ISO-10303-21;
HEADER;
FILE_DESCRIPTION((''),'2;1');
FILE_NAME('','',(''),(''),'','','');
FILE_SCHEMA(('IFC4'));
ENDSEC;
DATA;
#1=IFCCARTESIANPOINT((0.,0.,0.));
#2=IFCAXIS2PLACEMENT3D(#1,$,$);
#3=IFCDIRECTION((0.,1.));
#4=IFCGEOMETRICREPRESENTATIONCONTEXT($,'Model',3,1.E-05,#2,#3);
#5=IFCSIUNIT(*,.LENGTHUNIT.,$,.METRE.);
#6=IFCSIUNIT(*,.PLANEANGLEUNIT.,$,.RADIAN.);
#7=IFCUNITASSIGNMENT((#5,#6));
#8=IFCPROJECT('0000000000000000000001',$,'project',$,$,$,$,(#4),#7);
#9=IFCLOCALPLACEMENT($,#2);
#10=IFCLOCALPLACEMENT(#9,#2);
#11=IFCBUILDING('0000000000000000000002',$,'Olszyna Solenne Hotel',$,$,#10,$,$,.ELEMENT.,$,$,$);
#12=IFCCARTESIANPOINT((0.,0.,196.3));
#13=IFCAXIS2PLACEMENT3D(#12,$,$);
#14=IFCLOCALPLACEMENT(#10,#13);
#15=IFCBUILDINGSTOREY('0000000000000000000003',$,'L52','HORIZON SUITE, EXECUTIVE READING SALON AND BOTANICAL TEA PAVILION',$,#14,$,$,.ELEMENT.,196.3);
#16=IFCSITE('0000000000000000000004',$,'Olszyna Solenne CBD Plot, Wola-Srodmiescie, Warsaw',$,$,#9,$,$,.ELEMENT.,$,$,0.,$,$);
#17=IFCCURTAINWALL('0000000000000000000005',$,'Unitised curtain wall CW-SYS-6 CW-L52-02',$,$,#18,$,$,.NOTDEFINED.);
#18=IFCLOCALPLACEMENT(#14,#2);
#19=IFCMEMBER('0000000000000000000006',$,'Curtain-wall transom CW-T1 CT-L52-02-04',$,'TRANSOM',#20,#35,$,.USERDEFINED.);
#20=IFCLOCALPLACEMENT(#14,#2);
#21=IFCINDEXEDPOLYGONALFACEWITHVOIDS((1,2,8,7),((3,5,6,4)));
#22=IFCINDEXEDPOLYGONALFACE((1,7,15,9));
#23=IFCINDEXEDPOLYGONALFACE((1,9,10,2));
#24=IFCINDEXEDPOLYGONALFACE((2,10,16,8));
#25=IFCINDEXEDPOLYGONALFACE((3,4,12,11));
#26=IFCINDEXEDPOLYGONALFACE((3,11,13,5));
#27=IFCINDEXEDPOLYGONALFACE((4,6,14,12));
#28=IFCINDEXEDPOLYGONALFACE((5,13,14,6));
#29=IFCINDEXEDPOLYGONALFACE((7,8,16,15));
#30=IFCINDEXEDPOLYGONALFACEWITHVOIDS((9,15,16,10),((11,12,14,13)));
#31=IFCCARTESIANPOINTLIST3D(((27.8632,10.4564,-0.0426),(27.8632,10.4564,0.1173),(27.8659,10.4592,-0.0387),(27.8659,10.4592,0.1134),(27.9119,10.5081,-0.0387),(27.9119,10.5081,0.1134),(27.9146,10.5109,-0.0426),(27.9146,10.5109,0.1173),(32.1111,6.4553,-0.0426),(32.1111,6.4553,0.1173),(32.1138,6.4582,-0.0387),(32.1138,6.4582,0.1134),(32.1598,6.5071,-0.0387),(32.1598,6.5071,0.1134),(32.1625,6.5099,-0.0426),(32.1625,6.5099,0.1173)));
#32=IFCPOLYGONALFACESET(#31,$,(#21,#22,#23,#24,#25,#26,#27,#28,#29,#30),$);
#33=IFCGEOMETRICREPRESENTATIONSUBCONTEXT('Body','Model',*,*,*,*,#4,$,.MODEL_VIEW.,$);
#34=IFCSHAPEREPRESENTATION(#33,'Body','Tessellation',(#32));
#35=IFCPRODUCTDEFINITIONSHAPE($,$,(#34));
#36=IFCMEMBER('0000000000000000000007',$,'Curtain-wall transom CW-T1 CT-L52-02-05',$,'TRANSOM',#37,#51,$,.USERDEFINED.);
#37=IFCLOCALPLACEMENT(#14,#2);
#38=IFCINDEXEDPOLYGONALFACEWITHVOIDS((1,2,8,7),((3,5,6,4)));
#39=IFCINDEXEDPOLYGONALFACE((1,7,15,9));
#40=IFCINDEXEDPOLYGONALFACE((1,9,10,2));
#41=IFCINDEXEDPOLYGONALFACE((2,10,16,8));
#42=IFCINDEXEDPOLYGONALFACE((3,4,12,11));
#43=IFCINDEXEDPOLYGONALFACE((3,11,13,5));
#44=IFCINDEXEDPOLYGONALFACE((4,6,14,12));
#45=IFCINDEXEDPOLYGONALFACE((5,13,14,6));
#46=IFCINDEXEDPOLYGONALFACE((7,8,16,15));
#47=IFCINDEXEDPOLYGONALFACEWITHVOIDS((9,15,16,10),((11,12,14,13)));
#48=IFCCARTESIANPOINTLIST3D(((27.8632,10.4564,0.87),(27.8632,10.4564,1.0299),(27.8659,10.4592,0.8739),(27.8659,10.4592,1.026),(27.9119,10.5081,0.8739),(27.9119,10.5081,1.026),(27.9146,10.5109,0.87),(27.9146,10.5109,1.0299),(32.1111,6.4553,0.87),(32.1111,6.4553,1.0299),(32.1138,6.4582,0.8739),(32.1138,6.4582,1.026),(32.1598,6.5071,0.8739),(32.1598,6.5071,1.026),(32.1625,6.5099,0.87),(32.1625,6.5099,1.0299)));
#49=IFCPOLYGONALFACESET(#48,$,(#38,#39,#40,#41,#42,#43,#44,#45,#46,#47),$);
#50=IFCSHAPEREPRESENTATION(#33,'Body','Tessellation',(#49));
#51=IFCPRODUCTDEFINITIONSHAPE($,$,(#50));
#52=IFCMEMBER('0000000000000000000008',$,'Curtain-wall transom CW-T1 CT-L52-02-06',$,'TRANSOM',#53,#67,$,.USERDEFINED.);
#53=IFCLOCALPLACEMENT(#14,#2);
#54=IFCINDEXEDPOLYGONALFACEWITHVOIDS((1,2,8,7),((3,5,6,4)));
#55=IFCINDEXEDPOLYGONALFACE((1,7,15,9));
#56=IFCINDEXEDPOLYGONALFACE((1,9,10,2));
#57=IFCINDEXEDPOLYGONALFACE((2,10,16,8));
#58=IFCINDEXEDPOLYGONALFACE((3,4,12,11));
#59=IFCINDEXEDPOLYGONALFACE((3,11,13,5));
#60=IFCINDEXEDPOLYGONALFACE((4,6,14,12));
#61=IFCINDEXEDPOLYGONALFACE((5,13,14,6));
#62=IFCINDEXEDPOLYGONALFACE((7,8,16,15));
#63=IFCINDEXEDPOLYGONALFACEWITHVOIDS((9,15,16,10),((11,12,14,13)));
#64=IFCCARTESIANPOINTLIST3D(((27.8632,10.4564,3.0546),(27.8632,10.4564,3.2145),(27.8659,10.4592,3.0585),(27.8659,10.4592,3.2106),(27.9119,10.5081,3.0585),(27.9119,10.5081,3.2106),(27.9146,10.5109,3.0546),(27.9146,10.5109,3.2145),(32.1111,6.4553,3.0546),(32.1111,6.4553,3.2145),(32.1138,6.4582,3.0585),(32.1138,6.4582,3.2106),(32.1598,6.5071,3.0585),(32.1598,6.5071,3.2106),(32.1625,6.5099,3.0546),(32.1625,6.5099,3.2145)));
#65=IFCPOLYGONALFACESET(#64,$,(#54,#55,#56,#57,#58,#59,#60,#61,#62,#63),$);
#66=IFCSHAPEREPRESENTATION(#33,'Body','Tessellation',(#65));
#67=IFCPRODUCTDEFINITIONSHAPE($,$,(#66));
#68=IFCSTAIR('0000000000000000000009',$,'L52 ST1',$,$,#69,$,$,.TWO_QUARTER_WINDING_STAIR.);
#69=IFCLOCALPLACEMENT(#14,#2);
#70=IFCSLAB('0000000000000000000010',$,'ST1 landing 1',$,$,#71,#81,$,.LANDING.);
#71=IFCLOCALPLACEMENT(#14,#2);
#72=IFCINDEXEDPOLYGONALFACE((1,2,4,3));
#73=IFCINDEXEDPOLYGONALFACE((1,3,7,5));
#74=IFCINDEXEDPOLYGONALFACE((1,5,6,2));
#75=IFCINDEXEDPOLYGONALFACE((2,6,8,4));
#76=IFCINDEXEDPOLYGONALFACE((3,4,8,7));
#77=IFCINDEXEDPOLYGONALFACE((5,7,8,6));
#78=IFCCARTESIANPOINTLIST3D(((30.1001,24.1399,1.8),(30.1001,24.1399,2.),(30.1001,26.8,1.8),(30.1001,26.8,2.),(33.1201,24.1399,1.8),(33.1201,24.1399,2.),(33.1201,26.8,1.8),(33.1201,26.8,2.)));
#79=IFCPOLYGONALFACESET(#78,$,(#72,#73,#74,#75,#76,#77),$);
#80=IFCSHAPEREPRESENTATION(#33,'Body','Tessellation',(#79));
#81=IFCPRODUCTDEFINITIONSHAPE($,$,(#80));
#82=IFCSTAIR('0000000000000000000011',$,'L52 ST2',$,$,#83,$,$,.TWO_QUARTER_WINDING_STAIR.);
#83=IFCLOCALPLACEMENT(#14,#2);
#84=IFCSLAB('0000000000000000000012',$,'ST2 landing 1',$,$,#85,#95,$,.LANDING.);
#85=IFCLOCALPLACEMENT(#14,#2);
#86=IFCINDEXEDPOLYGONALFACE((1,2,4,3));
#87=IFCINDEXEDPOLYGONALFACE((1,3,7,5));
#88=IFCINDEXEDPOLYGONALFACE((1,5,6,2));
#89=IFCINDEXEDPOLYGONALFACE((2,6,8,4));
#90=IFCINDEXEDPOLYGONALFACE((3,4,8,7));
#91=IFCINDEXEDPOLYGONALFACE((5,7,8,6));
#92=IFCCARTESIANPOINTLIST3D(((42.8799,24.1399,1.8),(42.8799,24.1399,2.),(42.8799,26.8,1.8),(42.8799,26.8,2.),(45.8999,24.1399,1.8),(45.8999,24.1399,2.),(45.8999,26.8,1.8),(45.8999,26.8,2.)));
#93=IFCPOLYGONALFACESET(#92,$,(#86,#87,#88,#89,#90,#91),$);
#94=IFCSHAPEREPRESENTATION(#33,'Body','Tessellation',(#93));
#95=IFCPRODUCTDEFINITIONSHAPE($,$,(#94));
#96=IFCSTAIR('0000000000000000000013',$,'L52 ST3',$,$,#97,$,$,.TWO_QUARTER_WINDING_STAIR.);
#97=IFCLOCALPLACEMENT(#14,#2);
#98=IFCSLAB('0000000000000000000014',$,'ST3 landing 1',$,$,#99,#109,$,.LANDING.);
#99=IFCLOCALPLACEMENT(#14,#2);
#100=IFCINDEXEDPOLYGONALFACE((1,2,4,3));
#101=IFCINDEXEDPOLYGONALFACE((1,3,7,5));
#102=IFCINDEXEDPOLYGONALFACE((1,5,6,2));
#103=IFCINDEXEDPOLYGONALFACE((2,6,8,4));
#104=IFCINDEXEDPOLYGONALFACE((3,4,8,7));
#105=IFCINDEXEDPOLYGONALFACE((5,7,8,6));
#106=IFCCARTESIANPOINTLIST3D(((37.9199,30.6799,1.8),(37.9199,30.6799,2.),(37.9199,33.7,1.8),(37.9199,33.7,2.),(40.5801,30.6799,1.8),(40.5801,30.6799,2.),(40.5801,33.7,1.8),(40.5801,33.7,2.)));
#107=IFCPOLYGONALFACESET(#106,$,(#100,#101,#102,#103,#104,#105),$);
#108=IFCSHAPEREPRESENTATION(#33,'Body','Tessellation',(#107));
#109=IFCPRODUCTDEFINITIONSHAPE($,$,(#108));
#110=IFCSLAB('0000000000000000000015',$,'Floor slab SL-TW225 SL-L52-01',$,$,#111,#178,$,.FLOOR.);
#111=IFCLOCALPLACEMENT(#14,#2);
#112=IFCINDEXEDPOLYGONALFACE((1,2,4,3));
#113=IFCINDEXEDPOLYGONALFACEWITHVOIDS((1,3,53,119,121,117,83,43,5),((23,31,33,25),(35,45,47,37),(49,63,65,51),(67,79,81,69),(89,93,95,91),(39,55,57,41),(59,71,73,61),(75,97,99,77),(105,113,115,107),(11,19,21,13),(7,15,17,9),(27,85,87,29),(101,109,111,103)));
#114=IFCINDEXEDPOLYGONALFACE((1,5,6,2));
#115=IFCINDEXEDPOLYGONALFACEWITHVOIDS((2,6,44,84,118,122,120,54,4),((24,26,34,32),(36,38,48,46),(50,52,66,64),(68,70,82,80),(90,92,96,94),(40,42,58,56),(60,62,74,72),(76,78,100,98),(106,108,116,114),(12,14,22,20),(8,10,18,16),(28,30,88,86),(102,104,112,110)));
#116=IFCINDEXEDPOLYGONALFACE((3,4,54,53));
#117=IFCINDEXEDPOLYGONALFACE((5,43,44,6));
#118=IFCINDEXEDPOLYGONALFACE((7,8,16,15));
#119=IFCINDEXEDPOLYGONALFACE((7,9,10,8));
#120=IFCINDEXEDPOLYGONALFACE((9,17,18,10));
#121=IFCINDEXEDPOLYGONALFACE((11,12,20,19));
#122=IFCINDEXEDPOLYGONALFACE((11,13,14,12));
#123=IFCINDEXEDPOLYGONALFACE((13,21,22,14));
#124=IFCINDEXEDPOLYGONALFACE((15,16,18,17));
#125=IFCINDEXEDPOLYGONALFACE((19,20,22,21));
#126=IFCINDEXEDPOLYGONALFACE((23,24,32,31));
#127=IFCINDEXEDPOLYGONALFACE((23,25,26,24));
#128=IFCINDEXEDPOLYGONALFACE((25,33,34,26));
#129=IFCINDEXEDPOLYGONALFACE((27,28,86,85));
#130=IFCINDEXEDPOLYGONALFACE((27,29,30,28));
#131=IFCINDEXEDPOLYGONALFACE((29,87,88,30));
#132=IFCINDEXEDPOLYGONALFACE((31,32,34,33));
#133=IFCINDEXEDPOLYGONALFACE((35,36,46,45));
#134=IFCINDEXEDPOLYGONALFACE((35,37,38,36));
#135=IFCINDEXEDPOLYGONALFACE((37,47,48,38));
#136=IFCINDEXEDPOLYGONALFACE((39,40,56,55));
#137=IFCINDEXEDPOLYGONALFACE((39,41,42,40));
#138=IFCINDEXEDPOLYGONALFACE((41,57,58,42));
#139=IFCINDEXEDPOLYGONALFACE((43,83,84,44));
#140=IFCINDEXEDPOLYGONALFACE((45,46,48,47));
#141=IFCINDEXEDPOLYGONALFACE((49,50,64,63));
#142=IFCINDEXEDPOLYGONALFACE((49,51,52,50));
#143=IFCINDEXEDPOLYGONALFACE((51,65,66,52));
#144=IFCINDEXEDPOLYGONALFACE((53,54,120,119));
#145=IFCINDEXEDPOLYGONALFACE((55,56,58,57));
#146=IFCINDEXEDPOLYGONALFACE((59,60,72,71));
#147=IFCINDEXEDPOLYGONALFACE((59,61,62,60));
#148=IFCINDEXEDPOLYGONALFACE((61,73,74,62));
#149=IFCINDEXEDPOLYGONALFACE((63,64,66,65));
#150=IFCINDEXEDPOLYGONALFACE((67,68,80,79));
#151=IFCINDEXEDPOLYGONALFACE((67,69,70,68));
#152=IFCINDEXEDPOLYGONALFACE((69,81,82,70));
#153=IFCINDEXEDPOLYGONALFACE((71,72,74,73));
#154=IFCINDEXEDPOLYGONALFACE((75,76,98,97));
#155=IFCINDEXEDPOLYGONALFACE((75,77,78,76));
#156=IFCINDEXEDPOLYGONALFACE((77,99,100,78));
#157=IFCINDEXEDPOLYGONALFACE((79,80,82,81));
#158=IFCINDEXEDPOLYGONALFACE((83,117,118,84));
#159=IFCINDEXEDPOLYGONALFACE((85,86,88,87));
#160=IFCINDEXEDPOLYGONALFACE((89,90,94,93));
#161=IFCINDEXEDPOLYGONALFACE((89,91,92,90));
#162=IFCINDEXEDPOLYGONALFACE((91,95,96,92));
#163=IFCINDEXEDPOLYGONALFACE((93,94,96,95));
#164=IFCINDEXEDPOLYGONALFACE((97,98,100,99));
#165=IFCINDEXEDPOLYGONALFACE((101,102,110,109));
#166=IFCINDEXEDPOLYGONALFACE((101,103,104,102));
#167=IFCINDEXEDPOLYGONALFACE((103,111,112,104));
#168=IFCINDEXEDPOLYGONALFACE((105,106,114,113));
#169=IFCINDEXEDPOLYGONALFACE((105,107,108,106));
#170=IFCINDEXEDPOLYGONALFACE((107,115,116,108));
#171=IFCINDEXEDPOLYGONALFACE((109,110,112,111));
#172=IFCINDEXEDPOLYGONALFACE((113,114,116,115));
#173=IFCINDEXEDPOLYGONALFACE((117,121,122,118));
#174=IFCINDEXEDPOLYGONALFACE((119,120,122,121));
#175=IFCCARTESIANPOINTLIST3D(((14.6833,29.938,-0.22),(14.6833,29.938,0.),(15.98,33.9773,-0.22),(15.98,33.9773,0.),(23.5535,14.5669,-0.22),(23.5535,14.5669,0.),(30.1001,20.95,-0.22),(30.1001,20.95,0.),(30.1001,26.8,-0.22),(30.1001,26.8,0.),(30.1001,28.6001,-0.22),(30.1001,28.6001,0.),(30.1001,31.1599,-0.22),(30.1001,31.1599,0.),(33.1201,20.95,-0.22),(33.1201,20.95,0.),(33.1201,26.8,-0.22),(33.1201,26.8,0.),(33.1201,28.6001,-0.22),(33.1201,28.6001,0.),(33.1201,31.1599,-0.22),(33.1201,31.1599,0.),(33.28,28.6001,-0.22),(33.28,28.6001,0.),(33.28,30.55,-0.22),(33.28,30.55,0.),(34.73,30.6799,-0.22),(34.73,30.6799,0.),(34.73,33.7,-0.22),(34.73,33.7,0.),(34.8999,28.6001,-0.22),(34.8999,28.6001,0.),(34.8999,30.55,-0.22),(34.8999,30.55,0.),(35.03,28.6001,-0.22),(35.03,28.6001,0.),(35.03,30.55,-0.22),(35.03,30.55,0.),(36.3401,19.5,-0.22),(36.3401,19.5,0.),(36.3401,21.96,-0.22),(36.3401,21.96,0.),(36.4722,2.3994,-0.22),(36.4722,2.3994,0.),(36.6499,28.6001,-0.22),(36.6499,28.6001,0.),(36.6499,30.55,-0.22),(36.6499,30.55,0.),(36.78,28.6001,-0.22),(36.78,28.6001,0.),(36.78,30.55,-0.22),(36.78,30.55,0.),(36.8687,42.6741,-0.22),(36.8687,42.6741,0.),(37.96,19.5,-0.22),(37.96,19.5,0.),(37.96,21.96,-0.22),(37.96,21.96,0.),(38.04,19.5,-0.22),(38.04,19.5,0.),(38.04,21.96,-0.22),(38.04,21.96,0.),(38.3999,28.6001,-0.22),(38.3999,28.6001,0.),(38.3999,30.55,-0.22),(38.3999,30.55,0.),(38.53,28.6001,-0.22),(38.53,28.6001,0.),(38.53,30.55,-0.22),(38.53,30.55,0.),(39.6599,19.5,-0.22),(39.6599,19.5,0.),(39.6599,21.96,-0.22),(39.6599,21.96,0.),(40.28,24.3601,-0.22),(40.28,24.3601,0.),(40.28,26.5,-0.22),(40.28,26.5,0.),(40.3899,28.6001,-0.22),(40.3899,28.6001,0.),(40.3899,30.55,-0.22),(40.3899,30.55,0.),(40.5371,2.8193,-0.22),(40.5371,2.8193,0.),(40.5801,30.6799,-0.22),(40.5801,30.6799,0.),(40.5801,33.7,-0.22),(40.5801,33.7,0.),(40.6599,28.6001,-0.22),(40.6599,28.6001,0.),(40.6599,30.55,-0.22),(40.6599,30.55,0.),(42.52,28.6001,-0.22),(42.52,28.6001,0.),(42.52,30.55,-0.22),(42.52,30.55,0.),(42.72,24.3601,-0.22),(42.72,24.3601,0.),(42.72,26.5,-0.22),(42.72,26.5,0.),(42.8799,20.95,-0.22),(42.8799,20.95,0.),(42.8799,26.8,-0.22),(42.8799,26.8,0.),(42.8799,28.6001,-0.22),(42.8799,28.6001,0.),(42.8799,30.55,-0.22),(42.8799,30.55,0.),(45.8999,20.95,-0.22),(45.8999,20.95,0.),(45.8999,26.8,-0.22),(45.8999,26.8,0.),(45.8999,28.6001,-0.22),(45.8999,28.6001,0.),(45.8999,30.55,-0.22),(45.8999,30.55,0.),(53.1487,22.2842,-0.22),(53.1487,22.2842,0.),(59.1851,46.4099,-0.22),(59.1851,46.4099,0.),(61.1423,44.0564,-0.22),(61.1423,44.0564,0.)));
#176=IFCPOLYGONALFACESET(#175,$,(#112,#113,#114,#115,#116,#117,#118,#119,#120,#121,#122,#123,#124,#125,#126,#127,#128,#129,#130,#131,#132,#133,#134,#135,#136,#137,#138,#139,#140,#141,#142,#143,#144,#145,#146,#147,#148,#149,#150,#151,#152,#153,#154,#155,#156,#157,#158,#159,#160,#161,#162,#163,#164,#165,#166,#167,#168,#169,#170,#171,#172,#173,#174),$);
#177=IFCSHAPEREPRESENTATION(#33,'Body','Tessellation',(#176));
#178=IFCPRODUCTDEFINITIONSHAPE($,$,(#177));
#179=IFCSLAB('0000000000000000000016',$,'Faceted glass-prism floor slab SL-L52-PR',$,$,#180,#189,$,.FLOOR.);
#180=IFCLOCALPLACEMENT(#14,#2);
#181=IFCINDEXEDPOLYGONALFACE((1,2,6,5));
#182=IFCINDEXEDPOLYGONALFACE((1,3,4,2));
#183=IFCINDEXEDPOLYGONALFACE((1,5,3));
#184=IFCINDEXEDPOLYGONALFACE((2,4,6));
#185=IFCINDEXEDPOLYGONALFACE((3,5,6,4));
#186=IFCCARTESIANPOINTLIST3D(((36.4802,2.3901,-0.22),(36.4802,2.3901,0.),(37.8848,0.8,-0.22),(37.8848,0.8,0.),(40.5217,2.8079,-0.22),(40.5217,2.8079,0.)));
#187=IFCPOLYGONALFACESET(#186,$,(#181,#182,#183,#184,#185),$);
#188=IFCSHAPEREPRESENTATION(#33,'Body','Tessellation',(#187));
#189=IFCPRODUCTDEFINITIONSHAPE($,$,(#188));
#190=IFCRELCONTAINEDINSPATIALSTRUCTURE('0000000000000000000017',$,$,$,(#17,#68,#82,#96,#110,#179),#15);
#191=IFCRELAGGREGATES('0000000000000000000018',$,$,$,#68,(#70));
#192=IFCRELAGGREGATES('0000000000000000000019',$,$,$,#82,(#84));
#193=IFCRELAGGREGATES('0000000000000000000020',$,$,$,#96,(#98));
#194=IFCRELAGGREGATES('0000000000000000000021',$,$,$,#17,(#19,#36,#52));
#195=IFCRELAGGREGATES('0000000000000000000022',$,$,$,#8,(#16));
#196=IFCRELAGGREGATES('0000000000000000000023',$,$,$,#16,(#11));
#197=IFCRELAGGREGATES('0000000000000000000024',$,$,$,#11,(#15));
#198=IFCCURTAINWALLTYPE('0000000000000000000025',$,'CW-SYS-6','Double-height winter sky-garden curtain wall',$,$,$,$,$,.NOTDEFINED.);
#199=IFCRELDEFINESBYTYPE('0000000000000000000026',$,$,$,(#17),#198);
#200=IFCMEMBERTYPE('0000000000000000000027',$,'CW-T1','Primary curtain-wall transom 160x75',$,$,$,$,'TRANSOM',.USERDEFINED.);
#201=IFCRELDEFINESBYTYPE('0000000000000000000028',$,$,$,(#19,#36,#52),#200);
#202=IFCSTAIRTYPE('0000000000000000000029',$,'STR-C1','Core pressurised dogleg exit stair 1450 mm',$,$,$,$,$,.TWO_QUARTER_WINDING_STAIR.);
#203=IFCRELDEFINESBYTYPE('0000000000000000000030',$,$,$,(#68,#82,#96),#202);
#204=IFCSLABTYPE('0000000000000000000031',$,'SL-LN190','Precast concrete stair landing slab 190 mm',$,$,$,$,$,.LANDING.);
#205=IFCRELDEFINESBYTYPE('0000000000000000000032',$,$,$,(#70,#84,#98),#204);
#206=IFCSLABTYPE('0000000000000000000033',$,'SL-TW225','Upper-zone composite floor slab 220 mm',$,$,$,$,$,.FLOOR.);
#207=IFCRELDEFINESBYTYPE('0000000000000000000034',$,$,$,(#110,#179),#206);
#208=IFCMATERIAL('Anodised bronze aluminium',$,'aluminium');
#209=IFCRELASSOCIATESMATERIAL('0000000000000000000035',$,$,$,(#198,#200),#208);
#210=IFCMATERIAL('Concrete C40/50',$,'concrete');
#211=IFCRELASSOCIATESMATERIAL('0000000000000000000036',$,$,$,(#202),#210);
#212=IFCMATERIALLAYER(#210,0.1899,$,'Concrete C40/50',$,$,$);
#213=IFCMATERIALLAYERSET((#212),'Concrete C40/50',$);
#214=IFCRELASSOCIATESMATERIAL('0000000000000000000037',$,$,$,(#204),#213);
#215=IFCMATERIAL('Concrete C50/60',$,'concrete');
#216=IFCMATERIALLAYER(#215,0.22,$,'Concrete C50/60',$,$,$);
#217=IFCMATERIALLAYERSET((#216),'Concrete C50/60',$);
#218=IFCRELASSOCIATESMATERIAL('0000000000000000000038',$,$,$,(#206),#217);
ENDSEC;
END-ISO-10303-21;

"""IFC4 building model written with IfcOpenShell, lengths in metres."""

from ifc_helpers import new_model, si_unit, direction, frame, origin, origin_2d, place, context, subcontext, project, spatial, polyline, hollow_rectangle, outline, extrude, source, transform, mapped, material, layer, layer_set, material_profile, profile_set, type_object, element, aggregate, save


model = new_model("IFC4")

# Units and contexts
model_context = context("Model", 3, precision=1e-05, world=origin(), true_north=direction((0.0, 1.0)))
body_context = subcontext(model_context, "Body", "Model", "MODEL_VIEW")
ifc_project = project(units=[si_unit("LENGTHUNIT", "METRE"), si_unit("PLANEANGLEUNIT", "RADIAN")], contexts=[model_context])

# Site, building, storey
site_placement = place(None, origin())
site = spatial("IfcSite", under=ifc_project, at=site_placement, Name="Olszyna Solenne CBD Plot, Wola-Srodmiescie, Warsaw", CompositionType="ELEMENT", RefElevation=0.0)
building_placement = place(site_placement, origin())
building = spatial("IfcBuilding", under=site, at=building_placement, Name="Olszyna Solenne Hotel", CompositionType="ELEMENT")
storey_placement = place(building_placement, frame((0.0, 0.0, 196.3)))
storey = spatial("IfcBuildingStorey", under=building, at=storey_placement, Name="L52", Description="HORIZON SUITE, EXECUTIVE READING SALON AND BOTANICAL TEA PAVILION", CompositionType="ELEMENT", Elevation=196.3)

# Curtain wall, members
ifc_material_1 = material(Name="Anodised bronze aluminium", Category="aluminium")
curtain_wall_type = type_object("IfcCurtainWallType", Name="CW-SYS-6", Description="Double-height winter sky-garden curtain wall", PredefinedType="NOTDEFINED", material=ifc_material_1)
curtain_wall_placement = place(storey_placement, origin())
curtain_wall = element("IfcCurtainWall", 1, at=curtain_wall_placement, inside=storey, type_object=curtain_wall_type, Name="Unitised curtain wall CW-SYS-6 CW-L52-02", PredefinedType="NOTDEFINED")
ifc_material_profile_1 = material_profile(ifc_material_1, hollow_rectangle(XDim=0.075, YDim=0.1599, WallThickness=0.0039, at=origin_2d()), Name="TRAN 160x75x4", Category="load-bearing")
ifc_profile_set_1 = profile_set([ifc_material_profile_1], Name="Anodised bronze aluminium")
member_type_1 = type_object("IfcMemberType", Name="CW-T1", Description="Primary curtain-wall transom 160x75", ElementType="TRANSOM", PredefinedType="USERDEFINED", material=ifc_profile_set_1)
shared_shape_1 = source(origin(), body_context, "Body", "SweptSolid", [
    extrude(hollow_rectangle(XDim=0.075, YDim=0.1599, WallThickness=0.0039, at=origin_2d()), origin(), (0.0, 0.0, 1.0), 5.8354),
])
member_1_placement = place(storey_placement, frame((27.8889, 10.4836, 0.0374), z_axis=(0.72794, -0.685641, 0.0), x_axis=(0.685641, 0.72794, 0.0)))
member_1 = element("IfcMember", 2, at=member_1_placement, type_object=member_type_1, Name="Curtain-wall transom CW-T1 CT-L52-02-04", ObjectType="TRANSOM", PredefinedType="USERDEFINED", context=body_context, shape_type="MappedRepresentation", body=[
    mapped(shared_shape_1, transform((0.0, 0.0, 0.0), x_axis=(1.0, 0.0, 0.0), y_axis=(0.0, 1.0, 0.0), z_axis=(0.0, 0.0, 1.0), scale=1.0)),
])
member_2_placement = place(storey_placement, frame((27.8889, 10.4836, 0.95), z_axis=(0.72794, -0.685641, 0.0), x_axis=(0.685641, 0.72794, 0.0)))
member_2 = element("IfcMember", 3, at=member_2_placement, type_object=member_type_1, Name="Curtain-wall transom CW-T1 CT-L52-02-05", ObjectType="TRANSOM", PredefinedType="USERDEFINED", context=body_context, shape_type="MappedRepresentation", body=[
    mapped(shared_shape_1, transform((0.0, 0.0, 0.0), x_axis=(1.0, 0.0, 0.0), y_axis=(0.0, 1.0, 0.0), z_axis=(0.0, 0.0, 1.0), scale=1.0)),
])
member_3_placement = place(storey_placement, frame((27.8889, 10.4836, 3.1345), z_axis=(0.72794, -0.685641, 0.0), x_axis=(0.685641, 0.72794, 0.0)))
member_3 = element("IfcMember", 4, at=member_3_placement, type_object=member_type_1, Name="Curtain-wall transom CW-T1 CT-L52-02-06", ObjectType="TRANSOM", PredefinedType="USERDEFINED", context=body_context, shape_type="MappedRepresentation", body=[
    mapped(shared_shape_1, transform((0.0, 0.0, 0.0), x_axis=(1.0, 0.0, 0.0), y_axis=(0.0, 1.0, 0.0), z_axis=(0.0, 0.0, 1.0), scale=1.0)),
])

# Stairs, slabs
ifc_material_2 = material(Name="Concrete C40/50", Category="concrete")
stair_type = type_object("IfcStairType", Name="STR-C1", Description="Core pressurised dogleg exit stair 1450 mm", PredefinedType="TWO_QUARTER_WINDING_STAIR", material=ifc_material_2)
stair_1_placement = place(storey_placement, origin())
stair_1 = element("IfcStair", 5, at=stair_1_placement, inside=storey, type_object=stair_type, Name="L52 ST1", PredefinedType="TWO_QUARTER_WINDING_STAIR")
ifc_layer_1 = layer(ifc_material_2, 0.1899, Name="Concrete C40/50")
ifc_layer_set_1 = layer_set([ifc_layer_1], Name="Concrete C40/50")
slab_type_1 = type_object("IfcSlabType", Name="SL-LN190", Description="Precast concrete stair landing slab 190 mm", PredefinedType="LANDING", material=ifc_layer_set_1)
slab_1_placement = place(storey_placement, frame((0.0, 0.0, 1.8)))
slab_1 = element("IfcSlab", 6, at=slab_1_placement, type_object=slab_type_1, Name="ST1 landing 1", PredefinedType="LANDING", context=body_context, shape_type="SweptSolid", body=[
    extrude(outline(polyline([(33.1201, 24.1399), (33.1201, 26.8), (30.1001, 26.8), (30.1001, 24.1399), (33.1201, 24.1399)])), origin(), (0.0, 0.0, 1.0), 0.2),
])
aggregate(stair_1, [slab_1])
stair_2_placement = place(storey_placement, origin())
stair_2 = element("IfcStair", 7, at=stair_2_placement, inside=storey, type_object=stair_type, Name="L52 ST2", PredefinedType="TWO_QUARTER_WINDING_STAIR")
slab_2_placement = place(storey_placement, frame((0.0, 0.0, 1.8)))
slab_2 = element("IfcSlab", 8, at=slab_2_placement, type_object=slab_type_1, Name="ST2 landing 1", PredefinedType="LANDING", context=body_context, shape_type="SweptSolid", body=[
    extrude(outline(polyline([(45.8999, 24.1399), (45.8999, 26.8), (42.8799, 26.8), (42.8799, 24.1399), (45.8999, 24.1399)])), origin(), (0.0, 0.0, 1.0), 0.2),
])
aggregate(stair_2, [slab_2])
stair_3_placement = place(storey_placement, origin())
stair_3 = element("IfcStair", 9, at=stair_3_placement, inside=storey, type_object=stair_type, Name="L52 ST3", PredefinedType="TWO_QUARTER_WINDING_STAIR")
slab_3_placement = place(storey_placement, frame((0.0, 0.0, 1.8)))
slab_3 = element("IfcSlab", 10, at=slab_3_placement, type_object=slab_type_1, Name="ST3 landing 1", PredefinedType="LANDING", context=body_context, shape_type="SweptSolid", body=[
    extrude(outline(polyline([(37.9199, 30.6799), (40.5801, 30.6799), (40.5801, 33.7), (37.9199, 33.7), (37.9199, 30.6799)])), origin(), (0.0, 0.0, 1.0), 0.2),
])
aggregate(stair_3, [slab_3])

# Slabs
ifc_material_3 = material(Name="Concrete C50/60", Category="concrete")
ifc_layer_2 = layer(ifc_material_3, 0.22, Name="Concrete C50/60")
ifc_layer_set_2 = layer_set([ifc_layer_2], Name="Concrete C50/60")
slab_type_2 = type_object("IfcSlabType", Name="SL-TW225", Description="Upper-zone composite floor slab 220 mm", PredefinedType="FLOOR", material=ifc_layer_set_2)
slab_4_placement = place(storey_placement, frame((0.0, 0.0, -0.22)))
element("IfcSlab", 11, at=slab_4_placement, inside=storey, type_object=slab_type_2, Name="Floor slab SL-TW225 SL-L52-01", PredefinedType="FLOOR", context=body_context, shape_type="SweptSolid", body=[
    extrude(outline(polyline([(61.1423, 44.0564), (59.1851, 46.4099), (36.8687, 42.6741), (15.98, 33.9773), (14.6833, 29.938), (23.5535, 14.5669), (36.4722, 2.3994), (40.5371, 2.8193), (53.1487, 22.2842), (61.1423, 44.0564)]), holes=[polyline([(30.1001, 20.95), (33.1201, 20.95), (33.1201, 26.8), (30.1001, 26.8), (30.1001, 20.95)]), polyline([(42.8799, 20.95), (45.8999, 20.95), (45.8999, 26.8), (42.8799, 26.8), (42.8799, 20.95)]), polyline([(34.73, 30.6799), (40.5801, 30.6799), (40.5801, 33.7), (34.73, 33.7), (34.73, 30.6799)]), polyline([(36.3401, 19.5), (37.96, 19.5), (37.96, 21.96), (36.3401, 21.96), (36.3401, 19.5)]), polyline([(38.04, 19.5), (39.6599, 19.5), (39.6599, 21.96), (38.04, 21.96), (38.04, 19.5)]), polyline([(30.1001, 28.6001), (33.1201, 28.6001), (33.1201, 31.1599), (30.1001, 31.1599), (30.1001, 28.6001)]), polyline([(40.28, 24.3601), (42.72, 24.3601), (42.72, 26.5), (40.28, 26.5), (40.28, 24.3601)]), polyline([(33.28, 28.6001), (34.8999, 28.6001), (34.8999, 30.55), (33.28, 30.55), (33.28, 28.6001)]), polyline([(35.03, 28.6001), (36.6499, 28.6001), (36.6499, 30.55), (35.03, 30.55), (35.03, 28.6001)]), polyline([(36.78, 28.6001), (38.3999, 28.6001), (38.3999, 30.55), (36.78, 30.55), (36.78, 28.6001)]), polyline([(38.53, 28.6001), (40.3899, 28.6001), (40.3899, 30.55), (38.53, 30.55), (38.53, 28.6001)]), polyline([(40.6599, 28.6001), (42.52, 28.6001), (42.52, 30.55), (40.6599, 30.55), (40.6599, 28.6001)]), polyline([(42.8799, 28.6001), (45.8999, 28.6001), (45.8999, 30.55), (42.8799, 30.55), (42.8799, 28.6001)])]), origin(), (0.0, 0.0, 1.0), 0.22),
])
slab_5_placement = place(storey_placement, frame((0.0, 0.0, -0.22)))
element("IfcSlab", 12, at=slab_5_placement, inside=storey, type_object=slab_type_2, Name="Faceted glass-prism floor slab SL-L52-PR", PredefinedType="FLOOR", context=body_context, shape_type="SweptSolid", body=[
    extrude(outline(polyline([(40.5217, 2.8079), (36.4802, 2.3901), (37.8848, 0.8), (40.5217, 2.8079)])), origin(), (0.0, 0.0, 1.0), 0.22),
])

aggregate(curtain_wall, [member_1, member_2, member_3])

save(model, "model.ifc")
